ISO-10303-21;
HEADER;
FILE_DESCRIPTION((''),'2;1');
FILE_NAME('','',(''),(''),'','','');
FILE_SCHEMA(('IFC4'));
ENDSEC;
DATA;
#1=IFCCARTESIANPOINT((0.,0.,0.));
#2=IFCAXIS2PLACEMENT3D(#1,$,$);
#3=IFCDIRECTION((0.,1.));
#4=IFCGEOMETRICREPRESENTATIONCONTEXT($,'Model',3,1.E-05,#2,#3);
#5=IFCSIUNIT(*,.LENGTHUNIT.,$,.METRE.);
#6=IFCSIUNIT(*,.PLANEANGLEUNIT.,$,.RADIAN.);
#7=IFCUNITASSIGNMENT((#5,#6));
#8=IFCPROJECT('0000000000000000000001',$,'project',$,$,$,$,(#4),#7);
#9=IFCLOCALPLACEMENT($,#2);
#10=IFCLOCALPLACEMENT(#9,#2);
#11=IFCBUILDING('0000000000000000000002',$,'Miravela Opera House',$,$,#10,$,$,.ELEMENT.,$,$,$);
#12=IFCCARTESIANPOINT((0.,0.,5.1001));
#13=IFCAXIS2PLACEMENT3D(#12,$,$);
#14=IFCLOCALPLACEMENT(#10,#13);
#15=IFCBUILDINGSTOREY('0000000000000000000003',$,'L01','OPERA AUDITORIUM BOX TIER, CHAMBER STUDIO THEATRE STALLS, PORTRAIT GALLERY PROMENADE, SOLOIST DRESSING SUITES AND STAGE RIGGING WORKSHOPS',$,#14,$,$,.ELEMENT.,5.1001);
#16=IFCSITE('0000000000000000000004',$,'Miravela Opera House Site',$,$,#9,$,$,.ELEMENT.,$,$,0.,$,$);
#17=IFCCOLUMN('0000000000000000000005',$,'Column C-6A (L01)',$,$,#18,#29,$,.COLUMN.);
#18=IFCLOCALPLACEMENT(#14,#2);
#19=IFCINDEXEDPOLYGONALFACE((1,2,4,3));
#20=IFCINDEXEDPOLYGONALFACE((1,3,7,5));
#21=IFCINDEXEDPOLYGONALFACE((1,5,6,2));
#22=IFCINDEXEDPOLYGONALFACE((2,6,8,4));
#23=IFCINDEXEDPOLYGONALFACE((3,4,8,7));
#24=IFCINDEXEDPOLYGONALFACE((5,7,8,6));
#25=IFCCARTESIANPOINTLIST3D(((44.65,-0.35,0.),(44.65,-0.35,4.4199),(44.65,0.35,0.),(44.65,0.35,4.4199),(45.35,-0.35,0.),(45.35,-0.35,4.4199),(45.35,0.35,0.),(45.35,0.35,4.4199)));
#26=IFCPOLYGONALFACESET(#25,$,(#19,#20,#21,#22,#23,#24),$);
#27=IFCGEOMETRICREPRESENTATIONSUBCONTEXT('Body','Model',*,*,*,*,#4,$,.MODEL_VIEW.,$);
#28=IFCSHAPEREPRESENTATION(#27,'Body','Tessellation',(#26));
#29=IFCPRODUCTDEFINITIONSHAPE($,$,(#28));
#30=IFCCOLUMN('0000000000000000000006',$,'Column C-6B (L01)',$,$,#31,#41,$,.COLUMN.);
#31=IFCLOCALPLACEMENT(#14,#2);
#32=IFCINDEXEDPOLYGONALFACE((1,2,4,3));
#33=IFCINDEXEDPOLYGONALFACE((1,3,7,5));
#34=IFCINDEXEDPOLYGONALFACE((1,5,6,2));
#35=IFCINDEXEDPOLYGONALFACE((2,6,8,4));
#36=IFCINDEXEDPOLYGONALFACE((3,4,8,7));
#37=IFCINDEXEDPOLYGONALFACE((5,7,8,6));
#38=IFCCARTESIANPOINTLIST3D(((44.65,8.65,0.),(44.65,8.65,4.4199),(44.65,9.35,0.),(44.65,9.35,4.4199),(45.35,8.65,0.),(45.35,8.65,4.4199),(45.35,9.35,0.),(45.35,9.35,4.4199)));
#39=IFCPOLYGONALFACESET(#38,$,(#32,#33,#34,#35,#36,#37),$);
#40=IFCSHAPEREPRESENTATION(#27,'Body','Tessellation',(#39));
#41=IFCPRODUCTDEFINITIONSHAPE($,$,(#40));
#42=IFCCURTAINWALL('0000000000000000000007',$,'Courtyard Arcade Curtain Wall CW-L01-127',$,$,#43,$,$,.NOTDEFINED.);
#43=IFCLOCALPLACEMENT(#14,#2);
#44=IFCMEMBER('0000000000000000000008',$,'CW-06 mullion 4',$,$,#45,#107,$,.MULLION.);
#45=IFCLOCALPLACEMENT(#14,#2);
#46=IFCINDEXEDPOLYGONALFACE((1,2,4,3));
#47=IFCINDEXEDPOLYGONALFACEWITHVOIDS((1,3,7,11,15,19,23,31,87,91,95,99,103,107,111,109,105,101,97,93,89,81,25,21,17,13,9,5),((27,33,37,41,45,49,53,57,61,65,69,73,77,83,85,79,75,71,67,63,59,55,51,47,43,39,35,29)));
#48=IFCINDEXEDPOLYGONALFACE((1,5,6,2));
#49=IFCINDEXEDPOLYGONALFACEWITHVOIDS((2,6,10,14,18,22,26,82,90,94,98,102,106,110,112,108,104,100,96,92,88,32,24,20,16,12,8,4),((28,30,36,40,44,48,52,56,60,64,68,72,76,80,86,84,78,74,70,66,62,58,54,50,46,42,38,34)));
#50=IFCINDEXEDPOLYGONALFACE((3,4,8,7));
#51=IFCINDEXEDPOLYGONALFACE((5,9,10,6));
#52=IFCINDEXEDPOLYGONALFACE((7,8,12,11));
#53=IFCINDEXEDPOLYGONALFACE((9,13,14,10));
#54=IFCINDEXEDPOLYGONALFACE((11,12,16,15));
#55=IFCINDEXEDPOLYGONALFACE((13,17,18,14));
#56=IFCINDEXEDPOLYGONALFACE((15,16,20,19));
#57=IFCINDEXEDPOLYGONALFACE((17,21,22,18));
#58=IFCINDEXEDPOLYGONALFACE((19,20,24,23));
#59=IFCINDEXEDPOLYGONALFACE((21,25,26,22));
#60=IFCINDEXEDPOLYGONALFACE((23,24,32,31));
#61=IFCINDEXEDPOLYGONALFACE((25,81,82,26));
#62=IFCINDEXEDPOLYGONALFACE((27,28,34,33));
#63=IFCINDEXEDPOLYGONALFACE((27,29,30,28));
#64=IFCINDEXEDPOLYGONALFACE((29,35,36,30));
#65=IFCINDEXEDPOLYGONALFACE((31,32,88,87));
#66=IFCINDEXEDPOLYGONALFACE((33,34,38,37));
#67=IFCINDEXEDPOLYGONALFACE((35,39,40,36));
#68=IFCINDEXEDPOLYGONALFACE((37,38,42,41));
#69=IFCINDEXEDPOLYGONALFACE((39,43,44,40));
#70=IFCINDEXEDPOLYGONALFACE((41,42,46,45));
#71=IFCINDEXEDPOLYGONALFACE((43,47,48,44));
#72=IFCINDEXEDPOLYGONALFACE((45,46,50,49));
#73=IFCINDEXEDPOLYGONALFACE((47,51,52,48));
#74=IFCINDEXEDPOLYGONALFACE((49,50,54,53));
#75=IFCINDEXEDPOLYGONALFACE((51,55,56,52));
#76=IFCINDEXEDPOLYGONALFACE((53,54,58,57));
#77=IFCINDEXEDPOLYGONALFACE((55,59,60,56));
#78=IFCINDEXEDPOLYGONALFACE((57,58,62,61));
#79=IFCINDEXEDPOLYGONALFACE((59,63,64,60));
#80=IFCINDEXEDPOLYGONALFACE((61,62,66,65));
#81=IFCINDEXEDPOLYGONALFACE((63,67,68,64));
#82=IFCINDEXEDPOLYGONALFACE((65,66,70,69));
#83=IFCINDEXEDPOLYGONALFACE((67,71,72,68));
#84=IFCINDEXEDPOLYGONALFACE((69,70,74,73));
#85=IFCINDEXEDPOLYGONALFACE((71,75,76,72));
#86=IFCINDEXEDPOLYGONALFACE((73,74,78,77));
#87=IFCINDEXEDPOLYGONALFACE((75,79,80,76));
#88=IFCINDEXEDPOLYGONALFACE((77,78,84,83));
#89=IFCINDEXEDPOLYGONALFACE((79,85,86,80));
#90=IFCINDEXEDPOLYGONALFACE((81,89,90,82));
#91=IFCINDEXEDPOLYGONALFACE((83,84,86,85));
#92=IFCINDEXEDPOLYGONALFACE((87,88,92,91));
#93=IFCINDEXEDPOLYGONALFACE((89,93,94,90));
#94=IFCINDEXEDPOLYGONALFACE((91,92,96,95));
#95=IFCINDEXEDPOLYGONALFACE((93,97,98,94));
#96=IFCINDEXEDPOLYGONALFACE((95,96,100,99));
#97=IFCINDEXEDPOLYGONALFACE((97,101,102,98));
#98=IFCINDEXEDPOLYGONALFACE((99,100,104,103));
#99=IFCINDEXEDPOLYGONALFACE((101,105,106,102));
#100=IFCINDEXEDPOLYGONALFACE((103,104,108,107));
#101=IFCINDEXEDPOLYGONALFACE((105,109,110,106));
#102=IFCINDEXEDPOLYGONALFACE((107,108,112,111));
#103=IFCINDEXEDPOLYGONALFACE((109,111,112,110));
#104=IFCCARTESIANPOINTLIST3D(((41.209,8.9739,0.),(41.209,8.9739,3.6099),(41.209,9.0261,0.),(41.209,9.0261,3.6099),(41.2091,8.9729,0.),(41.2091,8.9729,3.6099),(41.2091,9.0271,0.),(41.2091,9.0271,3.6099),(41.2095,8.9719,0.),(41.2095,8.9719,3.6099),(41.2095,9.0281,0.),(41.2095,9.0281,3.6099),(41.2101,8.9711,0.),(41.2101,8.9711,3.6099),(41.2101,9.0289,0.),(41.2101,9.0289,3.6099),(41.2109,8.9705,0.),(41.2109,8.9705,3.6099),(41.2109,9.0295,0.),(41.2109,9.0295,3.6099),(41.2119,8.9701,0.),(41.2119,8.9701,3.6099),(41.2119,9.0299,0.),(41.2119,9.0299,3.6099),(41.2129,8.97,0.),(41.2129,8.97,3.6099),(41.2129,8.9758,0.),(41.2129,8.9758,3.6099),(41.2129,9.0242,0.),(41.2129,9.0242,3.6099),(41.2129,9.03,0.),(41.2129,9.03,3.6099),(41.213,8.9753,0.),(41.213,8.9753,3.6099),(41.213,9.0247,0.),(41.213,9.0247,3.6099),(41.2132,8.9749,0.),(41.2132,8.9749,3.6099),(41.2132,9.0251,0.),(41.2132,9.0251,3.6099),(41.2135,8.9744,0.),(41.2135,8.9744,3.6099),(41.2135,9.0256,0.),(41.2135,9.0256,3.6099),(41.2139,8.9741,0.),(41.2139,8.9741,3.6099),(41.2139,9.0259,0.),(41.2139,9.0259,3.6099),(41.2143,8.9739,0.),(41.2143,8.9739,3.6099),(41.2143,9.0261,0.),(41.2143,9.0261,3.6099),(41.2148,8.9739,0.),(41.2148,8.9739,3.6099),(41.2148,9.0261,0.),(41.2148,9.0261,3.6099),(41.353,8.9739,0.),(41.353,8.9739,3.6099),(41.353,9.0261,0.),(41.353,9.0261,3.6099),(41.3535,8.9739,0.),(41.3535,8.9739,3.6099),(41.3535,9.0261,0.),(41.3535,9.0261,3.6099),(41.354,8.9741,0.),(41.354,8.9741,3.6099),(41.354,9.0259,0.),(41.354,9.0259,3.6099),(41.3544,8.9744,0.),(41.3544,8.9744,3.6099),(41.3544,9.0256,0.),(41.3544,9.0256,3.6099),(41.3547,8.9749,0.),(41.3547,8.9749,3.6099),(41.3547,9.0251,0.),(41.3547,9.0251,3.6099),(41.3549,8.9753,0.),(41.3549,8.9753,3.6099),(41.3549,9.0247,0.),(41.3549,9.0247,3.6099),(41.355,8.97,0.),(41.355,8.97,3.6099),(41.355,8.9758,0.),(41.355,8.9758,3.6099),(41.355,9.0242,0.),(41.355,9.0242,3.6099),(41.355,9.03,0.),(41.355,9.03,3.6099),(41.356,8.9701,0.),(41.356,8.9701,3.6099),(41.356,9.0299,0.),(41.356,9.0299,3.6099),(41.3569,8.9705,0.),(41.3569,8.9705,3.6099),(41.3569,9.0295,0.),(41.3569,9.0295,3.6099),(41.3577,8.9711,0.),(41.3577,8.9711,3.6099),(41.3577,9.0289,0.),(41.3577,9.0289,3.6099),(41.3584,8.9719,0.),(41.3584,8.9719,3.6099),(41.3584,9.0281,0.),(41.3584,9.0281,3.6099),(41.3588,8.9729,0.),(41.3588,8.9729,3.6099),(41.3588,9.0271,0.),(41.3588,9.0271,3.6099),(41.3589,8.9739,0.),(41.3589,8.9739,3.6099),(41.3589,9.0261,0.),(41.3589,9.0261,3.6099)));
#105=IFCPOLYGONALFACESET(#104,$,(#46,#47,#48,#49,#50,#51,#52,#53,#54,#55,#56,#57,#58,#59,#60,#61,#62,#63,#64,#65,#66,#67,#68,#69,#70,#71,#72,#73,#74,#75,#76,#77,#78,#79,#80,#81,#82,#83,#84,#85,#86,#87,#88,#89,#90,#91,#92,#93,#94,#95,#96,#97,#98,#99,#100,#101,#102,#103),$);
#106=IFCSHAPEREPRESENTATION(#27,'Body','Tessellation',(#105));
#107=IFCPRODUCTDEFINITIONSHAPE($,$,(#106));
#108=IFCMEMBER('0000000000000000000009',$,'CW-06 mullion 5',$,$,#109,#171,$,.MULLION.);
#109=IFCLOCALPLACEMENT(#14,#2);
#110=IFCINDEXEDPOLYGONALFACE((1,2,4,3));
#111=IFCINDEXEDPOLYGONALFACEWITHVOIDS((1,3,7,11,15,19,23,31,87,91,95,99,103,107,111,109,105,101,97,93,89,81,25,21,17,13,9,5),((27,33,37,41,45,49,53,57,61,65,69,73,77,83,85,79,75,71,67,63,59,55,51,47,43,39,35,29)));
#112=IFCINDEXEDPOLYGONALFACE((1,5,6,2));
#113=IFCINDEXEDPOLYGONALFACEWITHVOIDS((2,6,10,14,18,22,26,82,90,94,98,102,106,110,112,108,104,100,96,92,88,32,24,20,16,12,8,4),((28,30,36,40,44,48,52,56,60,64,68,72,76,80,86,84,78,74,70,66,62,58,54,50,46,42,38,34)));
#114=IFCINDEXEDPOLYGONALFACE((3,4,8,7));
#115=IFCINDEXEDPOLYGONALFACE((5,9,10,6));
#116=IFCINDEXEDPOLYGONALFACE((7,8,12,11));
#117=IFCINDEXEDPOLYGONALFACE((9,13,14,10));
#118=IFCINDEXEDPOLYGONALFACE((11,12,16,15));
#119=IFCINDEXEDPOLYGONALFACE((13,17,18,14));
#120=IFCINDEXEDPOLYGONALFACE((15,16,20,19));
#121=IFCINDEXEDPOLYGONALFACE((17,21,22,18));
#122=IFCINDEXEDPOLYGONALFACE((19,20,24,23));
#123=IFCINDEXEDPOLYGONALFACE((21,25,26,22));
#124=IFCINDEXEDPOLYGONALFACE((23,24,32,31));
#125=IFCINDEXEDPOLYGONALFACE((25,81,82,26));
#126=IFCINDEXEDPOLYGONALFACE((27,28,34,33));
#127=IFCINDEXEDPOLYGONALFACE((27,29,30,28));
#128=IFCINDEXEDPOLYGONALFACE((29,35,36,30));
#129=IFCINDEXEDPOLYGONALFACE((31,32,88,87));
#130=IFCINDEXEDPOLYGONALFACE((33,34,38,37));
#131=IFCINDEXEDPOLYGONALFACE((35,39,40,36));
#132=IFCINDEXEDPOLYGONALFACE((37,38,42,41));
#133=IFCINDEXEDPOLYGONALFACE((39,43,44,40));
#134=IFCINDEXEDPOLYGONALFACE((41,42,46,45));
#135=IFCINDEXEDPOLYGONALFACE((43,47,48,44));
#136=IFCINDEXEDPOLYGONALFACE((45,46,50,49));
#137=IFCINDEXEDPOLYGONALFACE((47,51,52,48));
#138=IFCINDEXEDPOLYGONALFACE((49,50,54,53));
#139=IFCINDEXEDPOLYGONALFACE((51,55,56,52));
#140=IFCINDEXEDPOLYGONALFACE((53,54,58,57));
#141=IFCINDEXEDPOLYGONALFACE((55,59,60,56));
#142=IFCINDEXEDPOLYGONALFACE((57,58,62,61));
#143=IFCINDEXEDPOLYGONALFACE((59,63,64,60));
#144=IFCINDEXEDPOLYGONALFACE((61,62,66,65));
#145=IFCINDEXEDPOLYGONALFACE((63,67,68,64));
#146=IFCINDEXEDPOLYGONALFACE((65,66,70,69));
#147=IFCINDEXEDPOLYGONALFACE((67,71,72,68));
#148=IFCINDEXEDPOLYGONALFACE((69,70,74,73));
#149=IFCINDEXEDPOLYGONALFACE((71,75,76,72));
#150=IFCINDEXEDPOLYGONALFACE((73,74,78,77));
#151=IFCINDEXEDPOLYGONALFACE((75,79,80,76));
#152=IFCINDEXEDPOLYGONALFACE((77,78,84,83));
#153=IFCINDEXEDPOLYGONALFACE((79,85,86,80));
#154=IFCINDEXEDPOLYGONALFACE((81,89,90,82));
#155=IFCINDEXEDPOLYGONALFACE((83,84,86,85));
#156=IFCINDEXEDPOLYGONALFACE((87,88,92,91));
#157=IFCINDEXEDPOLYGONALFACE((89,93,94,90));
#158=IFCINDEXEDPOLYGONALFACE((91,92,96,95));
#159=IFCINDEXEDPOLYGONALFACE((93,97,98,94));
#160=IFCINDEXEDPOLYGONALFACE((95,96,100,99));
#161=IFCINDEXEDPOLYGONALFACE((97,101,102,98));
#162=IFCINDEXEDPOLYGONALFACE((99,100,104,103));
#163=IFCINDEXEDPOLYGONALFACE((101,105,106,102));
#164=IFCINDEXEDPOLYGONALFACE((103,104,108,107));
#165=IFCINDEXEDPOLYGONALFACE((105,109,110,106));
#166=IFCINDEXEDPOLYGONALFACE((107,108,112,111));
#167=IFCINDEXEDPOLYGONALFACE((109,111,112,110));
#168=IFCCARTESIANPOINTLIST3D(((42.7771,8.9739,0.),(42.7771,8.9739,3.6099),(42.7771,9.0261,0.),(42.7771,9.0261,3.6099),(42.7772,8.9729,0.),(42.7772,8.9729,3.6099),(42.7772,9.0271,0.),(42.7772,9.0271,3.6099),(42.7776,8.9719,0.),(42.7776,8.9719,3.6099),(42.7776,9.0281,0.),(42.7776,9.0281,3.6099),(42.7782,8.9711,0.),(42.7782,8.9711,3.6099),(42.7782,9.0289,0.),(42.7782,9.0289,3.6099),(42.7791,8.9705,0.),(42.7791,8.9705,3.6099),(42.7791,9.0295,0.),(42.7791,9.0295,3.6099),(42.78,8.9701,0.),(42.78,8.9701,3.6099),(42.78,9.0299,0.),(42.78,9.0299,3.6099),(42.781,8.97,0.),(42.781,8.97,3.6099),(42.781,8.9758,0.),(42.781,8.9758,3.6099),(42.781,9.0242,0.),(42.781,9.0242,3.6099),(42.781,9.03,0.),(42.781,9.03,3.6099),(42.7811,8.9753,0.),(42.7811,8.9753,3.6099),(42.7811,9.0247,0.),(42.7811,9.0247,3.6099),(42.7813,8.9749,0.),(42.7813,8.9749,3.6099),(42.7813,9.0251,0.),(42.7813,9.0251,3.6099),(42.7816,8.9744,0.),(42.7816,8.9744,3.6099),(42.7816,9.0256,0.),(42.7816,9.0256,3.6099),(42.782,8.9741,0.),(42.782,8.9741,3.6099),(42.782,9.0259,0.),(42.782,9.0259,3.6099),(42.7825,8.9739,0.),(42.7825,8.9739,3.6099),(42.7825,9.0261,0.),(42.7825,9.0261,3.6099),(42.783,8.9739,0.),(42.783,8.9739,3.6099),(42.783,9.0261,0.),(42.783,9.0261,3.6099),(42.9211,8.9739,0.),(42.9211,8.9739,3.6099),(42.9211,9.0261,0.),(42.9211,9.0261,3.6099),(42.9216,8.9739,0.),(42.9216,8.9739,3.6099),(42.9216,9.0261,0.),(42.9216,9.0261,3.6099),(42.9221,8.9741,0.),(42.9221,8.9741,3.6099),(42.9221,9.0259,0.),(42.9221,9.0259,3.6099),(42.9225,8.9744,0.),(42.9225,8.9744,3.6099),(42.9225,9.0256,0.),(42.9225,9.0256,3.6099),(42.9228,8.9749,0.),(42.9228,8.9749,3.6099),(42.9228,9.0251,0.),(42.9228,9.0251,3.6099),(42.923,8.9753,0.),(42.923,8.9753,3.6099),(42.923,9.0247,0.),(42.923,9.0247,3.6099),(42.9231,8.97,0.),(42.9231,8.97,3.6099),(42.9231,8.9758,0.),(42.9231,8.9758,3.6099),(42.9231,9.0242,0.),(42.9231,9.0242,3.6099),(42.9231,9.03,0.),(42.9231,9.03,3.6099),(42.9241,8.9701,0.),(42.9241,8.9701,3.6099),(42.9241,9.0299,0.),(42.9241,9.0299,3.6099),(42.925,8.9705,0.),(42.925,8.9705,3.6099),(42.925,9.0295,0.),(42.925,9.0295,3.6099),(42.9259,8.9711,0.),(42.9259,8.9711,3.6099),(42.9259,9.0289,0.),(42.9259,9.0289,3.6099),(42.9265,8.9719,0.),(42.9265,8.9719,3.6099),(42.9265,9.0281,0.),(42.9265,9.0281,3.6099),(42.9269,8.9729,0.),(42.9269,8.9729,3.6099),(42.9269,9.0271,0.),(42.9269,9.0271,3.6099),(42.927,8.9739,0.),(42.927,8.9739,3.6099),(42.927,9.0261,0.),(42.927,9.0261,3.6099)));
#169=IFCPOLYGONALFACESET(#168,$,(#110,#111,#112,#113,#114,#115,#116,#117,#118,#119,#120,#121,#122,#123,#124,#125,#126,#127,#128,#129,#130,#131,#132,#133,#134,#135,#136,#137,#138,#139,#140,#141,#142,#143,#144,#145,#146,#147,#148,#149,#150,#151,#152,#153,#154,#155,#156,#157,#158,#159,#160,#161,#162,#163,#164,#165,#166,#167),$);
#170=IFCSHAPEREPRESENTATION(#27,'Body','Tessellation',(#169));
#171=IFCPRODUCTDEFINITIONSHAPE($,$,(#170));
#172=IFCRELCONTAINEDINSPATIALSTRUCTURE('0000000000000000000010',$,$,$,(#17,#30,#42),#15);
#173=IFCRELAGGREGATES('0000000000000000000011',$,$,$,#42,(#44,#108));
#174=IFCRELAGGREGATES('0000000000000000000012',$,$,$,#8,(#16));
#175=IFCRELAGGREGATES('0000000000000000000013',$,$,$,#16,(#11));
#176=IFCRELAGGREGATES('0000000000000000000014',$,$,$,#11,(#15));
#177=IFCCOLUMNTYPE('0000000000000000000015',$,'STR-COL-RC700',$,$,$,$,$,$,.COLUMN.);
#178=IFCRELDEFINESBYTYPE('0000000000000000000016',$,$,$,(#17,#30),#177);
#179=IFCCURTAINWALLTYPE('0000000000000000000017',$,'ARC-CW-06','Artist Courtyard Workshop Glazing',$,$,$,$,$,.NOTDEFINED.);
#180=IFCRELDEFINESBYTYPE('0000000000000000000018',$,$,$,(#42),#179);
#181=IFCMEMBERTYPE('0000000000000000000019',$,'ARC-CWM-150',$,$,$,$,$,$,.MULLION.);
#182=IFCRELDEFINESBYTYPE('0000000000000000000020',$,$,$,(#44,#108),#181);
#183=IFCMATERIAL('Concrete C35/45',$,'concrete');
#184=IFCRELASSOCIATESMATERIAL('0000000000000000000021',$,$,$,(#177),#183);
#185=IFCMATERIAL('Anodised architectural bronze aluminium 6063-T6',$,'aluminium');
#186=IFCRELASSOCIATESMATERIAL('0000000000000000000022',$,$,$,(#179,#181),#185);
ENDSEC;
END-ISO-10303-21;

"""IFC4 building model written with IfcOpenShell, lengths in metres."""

from ifc_helpers import new_model, si_unit, direction, frame, origin, origin_2d, place, context, subcontext, project, spatial, rectangle, hollow_rectangle, extrude, material, material_profile, profile_set, type_object, element, aggregate, save


model = new_model("IFC4")

# Units and contexts
model_context = context("Model", 3, precision=1e-05, world=origin(), true_north=direction((0.0, 1.0)))
body_context = subcontext(model_context, "Body", "Model", "MODEL_VIEW")
ifc_project = project(units=[si_unit("LENGTHUNIT", "METRE"), si_unit("PLANEANGLEUNIT", "RADIAN")], contexts=[model_context])

# Site, building, storey
site_placement = place(None, origin())
site = spatial("IfcSite", under=ifc_project, at=site_placement, Name="Miravela Opera House Site", CompositionType="ELEMENT", RefElevation=0.0)
building_placement = place(site_placement, origin())
building = spatial("IfcBuilding", under=site, at=building_placement, Name="Miravela Opera House", CompositionType="ELEMENT")
storey_placement = place(building_placement, frame((0.0, 0.0, 5.1001)))
storey = spatial("IfcBuildingStorey", under=building, at=storey_placement, Name="L01", Description="OPERA AUDITORIUM BOX TIER, CHAMBER STUDIO THEATRE STALLS, PORTRAIT GALLERY PROMENADE, SOLOIST DRESSING SUITES AND STAGE RIGGING WORKSHOPS", CompositionType="ELEMENT", Elevation=5.1001)

# Columns
ifc_material_1 = material(Name="Concrete C35/45", Category="concrete")
ifc_material_profile_1 = material_profile(ifc_material_1, rectangle(XDim=0.7, YDim=0.7, at=origin_2d()), Name="RC-COL-700X700")
ifc_profile_set_1 = profile_set([ifc_material_profile_1])
column_type = type_object("IfcColumnType", Name="STR-COL-RC700", PredefinedType="COLUMN", material=ifc_profile_set_1)
for number, where, z_axis, x_axis, name in (
    (1, (45.0, 0.0, 0.0), (0.0, 0.0, 1.0), (1.0, 0.0, 0.0), "Column C-6A (L01)"),
    (2, (45.0, 9.0, 0.0), (0.0, 0.0, 1.0), (1.0, 0.0, 0.0), "Column C-6B (L01)"),
):
    element("IfcColumn", number, at=place(storey_placement, frame(where, z_axis=z_axis, x_axis=x_axis)), inside=storey, type_object=column_type, Name=name, PredefinedType="COLUMN", context=body_context, shape_type="SweptSolid", body=[
        extrude(rectangle(XDim=0.7, YDim=0.7, at=origin_2d()), origin(), (0.0, 0.0, 1.0), 4.4199),
    ])

# Curtain wall, members
ifc_material_2 = material(Name="Anodised architectural bronze aluminium 6063-T6", Category="aluminium")
curtain_wall_type = type_object("IfcCurtainWallType", Name="ARC-CW-06", Description="Artist Courtyard Workshop Glazing", PredefinedType="NOTDEFINED", material=ifc_material_2)
curtain_wall_placement = place(storey_placement, origin())
curtain_wall = element("IfcCurtainWall", 3, at=curtain_wall_placement, inside=storey, type_object=curtain_wall_type, Name="Courtyard Arcade Curtain Wall CW-L01-127", PredefinedType="NOTDEFINED")
ifc_material_profile_2 = material_profile(ifc_material_2, hollow_rectangle(XDim=0.0601, YDim=0.1499, WallThickness=0.0039, InnerFilletRadius=0.002, OuterFilletRadius=0.0039, at=origin_2d()), Name="CWM-60X150")
ifc_profile_set_2 = profile_set([ifc_material_profile_2])
member_type_1 = type_object("IfcMemberType", Name="ARC-CWM-150", PredefinedType="MULLION", material=ifc_profile_set_2)
member_1_placement = place(storey_placement, frame((41.2839, 9.0, 0.0), z_axis=(0.0, 0.0, 1.0), x_axis=(0.0, 1.0, 0.0)))
member_1 = element("IfcMember", 4, at=member_1_placement, type_object=member_type_1, Name="CW-06 mullion 4", PredefinedType="MULLION", context=body_context, shape_type="SweptSolid", body=[
    extrude(hollow_rectangle(XDim=0.0601, YDim=0.1499, WallThickness=0.0039, InnerFilletRadius=0.002, OuterFilletRadius=0.0039, at=origin_2d()), origin(), (0.0, 0.0, 1.0), 3.6099),
])
member_2_placement = place(storey_placement, frame((42.8521, 9.0, 0.0), z_axis=(0.0, 0.0, 1.0), x_axis=(0.0, 1.0, 0.0)))
member_2 = element("IfcMember", 5, at=member_2_placement, type_object=member_type_1, Name="CW-06 mullion 5", PredefinedType="MULLION", context=body_context, shape_type="SweptSolid", body=[
    extrude(hollow_rectangle(XDim=0.0601, YDim=0.1499, WallThickness=0.0039, InnerFilletRadius=0.002, OuterFilletRadius=0.0039, at=origin_2d()), origin(), (0.0, 0.0, 1.0), 3.6099),
])

aggregate(curtain_wall, [member_1, member_2])

save(model, "model.ifc")
